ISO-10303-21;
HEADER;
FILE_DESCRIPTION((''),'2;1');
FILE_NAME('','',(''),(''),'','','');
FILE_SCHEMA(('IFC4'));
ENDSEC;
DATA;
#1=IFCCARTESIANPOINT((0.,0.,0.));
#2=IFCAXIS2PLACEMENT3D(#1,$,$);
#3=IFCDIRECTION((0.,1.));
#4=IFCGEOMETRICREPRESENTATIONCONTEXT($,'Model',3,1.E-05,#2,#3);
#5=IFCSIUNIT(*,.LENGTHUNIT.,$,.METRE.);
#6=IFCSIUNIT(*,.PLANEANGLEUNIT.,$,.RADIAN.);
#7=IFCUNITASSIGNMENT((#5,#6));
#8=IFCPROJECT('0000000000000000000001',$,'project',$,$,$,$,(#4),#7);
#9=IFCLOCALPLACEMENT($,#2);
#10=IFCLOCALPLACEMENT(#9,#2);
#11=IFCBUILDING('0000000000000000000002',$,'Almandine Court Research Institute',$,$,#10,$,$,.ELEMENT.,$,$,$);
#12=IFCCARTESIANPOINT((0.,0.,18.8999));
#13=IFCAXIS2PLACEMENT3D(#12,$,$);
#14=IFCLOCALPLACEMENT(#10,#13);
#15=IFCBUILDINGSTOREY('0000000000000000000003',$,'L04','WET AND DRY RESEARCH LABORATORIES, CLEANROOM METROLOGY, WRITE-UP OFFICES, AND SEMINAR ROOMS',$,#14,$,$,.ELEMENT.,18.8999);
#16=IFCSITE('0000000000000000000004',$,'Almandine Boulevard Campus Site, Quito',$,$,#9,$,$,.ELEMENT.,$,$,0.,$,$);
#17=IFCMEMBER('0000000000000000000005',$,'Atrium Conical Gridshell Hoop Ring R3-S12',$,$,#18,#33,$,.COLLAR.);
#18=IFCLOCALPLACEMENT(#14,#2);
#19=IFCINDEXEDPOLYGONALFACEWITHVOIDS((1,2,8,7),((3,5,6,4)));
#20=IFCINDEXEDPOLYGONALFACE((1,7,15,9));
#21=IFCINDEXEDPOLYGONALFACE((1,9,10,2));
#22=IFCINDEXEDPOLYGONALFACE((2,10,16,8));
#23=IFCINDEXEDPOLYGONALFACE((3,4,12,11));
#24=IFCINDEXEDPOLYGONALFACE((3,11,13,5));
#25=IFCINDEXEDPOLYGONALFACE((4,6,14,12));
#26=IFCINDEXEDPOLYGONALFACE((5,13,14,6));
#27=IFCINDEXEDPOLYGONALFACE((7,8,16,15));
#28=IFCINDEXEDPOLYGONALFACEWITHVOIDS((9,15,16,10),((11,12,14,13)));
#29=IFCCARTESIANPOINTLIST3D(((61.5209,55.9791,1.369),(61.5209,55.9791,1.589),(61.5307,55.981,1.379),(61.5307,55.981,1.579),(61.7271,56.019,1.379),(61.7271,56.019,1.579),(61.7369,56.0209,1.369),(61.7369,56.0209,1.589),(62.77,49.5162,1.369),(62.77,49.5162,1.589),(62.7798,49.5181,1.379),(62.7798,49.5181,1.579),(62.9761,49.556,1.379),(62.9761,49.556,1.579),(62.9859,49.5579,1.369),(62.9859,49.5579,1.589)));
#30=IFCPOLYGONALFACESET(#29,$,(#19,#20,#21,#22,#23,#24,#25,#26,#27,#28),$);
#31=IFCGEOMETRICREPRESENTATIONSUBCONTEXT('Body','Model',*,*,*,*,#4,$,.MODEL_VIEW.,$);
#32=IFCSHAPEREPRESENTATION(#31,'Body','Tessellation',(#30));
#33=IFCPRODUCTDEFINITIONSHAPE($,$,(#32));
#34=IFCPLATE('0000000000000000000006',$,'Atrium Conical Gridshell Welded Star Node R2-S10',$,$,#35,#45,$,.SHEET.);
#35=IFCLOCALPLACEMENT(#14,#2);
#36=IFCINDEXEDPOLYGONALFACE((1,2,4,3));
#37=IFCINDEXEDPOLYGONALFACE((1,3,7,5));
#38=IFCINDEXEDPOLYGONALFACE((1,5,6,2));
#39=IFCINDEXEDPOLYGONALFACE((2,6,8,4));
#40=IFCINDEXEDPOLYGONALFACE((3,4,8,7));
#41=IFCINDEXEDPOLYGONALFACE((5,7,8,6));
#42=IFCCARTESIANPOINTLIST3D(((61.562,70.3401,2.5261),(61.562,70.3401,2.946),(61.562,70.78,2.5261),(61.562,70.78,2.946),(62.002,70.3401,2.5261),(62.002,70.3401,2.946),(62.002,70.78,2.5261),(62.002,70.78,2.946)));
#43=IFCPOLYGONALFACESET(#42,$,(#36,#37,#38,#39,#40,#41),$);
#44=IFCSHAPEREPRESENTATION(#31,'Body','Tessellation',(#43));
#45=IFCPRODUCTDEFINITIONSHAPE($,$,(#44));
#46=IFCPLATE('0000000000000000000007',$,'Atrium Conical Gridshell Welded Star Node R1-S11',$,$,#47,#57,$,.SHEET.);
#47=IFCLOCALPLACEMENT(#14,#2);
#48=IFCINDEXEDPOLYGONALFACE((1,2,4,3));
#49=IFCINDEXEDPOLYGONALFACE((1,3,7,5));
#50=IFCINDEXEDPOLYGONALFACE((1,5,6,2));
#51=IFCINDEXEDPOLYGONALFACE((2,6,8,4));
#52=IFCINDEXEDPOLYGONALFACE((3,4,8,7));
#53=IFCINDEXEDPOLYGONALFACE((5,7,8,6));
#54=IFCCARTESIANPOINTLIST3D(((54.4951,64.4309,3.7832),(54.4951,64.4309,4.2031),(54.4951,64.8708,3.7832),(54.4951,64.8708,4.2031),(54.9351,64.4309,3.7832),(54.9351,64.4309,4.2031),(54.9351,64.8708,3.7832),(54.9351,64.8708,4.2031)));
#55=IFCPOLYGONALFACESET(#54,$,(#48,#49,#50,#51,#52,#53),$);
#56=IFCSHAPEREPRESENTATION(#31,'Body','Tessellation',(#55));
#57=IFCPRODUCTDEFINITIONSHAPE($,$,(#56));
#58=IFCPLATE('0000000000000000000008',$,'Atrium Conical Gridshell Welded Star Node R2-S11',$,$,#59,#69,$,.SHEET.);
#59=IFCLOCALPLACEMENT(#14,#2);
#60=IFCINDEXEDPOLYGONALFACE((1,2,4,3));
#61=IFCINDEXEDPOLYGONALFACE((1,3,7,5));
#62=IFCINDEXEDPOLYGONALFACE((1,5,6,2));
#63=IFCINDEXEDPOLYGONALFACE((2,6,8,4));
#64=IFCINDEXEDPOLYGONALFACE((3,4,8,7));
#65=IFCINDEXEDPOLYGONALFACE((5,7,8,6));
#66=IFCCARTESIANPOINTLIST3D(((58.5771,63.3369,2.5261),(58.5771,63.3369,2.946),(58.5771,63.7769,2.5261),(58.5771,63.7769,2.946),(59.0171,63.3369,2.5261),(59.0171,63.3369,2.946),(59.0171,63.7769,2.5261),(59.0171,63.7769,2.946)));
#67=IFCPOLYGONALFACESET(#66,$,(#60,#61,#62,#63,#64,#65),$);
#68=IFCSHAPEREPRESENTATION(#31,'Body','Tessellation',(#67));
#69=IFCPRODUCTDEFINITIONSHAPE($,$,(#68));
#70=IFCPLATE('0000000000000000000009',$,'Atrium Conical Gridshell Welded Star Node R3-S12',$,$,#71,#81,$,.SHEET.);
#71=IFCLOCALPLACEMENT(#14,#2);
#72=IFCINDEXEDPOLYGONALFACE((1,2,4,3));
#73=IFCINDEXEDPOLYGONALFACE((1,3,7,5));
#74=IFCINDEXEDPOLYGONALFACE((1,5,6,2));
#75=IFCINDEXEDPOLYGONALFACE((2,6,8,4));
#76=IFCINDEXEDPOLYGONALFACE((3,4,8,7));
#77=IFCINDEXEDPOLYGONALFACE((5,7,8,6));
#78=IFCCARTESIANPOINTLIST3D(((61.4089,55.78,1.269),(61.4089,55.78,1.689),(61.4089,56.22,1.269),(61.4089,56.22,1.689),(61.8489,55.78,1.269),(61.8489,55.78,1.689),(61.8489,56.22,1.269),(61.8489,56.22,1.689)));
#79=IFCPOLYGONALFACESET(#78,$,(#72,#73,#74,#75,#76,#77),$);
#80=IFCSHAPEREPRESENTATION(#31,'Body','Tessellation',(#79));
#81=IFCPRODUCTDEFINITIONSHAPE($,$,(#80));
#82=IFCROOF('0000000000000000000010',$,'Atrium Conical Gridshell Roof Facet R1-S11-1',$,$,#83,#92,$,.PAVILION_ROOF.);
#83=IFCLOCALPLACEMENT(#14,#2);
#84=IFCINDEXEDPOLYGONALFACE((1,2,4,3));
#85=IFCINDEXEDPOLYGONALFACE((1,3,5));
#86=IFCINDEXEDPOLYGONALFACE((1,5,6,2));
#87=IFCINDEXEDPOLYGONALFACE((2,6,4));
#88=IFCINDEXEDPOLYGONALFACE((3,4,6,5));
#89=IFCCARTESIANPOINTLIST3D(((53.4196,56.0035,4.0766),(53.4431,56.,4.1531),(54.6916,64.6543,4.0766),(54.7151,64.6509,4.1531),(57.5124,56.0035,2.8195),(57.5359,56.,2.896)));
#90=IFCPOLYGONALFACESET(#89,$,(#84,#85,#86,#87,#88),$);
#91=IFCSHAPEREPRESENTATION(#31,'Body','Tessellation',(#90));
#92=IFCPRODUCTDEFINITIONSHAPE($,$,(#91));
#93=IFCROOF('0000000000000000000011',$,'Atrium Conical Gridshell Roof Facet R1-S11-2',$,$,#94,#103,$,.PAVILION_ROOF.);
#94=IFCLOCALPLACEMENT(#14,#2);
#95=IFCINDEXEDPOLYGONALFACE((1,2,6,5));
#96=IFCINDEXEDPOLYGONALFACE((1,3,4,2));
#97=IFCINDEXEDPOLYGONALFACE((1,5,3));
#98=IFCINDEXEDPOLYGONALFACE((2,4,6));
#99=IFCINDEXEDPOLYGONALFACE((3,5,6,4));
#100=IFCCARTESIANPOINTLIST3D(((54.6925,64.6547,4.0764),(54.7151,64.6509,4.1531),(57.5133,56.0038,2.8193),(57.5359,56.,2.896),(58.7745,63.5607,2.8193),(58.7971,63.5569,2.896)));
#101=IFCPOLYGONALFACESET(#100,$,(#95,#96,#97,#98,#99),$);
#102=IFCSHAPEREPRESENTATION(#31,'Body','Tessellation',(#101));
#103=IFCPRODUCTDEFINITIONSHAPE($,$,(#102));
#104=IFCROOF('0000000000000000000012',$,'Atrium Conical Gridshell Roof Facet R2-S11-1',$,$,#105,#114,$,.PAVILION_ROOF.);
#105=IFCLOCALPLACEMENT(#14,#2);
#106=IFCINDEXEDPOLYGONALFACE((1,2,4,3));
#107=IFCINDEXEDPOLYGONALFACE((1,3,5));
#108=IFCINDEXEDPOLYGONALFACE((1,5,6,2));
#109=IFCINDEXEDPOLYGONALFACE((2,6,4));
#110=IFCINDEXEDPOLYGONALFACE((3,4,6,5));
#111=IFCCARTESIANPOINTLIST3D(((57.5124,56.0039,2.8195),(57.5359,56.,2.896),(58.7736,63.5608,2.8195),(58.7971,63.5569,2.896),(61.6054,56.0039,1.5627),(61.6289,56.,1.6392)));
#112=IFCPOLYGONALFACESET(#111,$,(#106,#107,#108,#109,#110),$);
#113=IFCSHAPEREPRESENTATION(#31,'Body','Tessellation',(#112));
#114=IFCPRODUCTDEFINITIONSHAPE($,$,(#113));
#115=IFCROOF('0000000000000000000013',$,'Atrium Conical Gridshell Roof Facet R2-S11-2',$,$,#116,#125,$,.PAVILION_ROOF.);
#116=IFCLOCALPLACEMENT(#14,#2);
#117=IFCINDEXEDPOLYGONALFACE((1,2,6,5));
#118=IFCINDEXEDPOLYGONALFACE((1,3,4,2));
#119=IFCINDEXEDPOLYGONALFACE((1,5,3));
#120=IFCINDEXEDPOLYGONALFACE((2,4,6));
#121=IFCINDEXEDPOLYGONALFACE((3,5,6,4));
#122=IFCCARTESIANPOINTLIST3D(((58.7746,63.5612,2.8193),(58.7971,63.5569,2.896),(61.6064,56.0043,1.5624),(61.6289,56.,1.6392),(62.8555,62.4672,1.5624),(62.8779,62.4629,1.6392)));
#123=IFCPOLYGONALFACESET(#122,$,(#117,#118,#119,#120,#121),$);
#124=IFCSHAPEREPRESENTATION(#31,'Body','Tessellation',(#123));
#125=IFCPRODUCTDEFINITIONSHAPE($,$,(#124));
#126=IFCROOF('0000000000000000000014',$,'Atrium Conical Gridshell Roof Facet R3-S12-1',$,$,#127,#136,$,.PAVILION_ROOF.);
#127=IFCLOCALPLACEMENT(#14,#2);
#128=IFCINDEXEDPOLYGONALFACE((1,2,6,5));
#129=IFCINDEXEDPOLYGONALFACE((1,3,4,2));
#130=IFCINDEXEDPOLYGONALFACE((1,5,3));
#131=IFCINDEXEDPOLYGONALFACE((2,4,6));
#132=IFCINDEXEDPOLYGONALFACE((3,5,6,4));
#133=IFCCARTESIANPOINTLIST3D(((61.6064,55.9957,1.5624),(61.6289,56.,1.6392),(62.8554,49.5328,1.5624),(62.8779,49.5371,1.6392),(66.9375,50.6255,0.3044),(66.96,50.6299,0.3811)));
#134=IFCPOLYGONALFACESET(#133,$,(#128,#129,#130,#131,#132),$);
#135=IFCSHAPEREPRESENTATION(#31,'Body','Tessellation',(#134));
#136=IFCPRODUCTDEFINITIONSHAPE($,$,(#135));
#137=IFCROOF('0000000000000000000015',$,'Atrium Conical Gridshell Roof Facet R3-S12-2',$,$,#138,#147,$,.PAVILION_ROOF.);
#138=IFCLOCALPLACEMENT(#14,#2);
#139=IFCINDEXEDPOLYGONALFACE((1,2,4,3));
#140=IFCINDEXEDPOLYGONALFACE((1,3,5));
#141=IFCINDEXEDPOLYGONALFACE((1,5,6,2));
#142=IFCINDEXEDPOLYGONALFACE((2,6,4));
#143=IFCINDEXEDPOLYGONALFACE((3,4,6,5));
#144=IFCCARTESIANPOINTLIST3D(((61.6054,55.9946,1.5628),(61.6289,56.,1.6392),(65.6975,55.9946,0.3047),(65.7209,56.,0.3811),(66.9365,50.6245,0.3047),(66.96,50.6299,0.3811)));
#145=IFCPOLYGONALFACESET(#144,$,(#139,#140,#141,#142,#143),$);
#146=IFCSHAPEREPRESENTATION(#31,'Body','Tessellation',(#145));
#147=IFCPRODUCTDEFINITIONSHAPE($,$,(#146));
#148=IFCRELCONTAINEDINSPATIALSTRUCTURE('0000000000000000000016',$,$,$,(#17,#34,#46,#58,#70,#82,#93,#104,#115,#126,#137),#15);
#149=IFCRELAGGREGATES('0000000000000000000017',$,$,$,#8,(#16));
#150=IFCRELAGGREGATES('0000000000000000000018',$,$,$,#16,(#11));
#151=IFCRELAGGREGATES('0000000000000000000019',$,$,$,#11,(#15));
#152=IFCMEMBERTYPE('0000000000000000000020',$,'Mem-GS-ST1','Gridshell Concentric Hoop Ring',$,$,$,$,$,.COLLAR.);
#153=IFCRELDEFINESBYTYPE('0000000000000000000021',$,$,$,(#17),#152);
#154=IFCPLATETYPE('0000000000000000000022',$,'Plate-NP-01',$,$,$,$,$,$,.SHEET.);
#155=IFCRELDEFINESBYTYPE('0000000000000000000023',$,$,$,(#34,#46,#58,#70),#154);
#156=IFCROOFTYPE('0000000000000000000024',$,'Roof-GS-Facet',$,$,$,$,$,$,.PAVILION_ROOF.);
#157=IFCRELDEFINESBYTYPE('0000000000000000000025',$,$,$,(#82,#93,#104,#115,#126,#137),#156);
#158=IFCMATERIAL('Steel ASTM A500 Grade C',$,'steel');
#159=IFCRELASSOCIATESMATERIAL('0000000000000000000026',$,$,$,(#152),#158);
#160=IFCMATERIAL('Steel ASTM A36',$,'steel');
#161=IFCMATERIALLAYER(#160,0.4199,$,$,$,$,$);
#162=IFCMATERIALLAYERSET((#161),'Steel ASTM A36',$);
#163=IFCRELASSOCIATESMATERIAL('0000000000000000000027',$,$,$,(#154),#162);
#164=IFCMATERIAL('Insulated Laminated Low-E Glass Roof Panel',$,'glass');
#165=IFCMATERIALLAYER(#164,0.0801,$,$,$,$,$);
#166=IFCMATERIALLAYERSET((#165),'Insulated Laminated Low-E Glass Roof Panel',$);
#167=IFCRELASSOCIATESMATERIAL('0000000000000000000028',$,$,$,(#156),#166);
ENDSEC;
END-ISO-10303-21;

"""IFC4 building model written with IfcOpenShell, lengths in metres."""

from ifc_helpers import new_model, si_unit, direction, frame, origin, origin_2d, place, context, subcontext, project, spatial, polyline, rectangle, hollow_rectangle, outline, extrude, material, layer, layer_set, material_profile, profile_set, type_object, element, save


model = new_model("IFC4")

# Units and contexts
model_context = context("Model", 3, precision=1e-05, world=origin(), true_north=direction((0.0, 1.0)))
body_context = subcontext(model_context, "Body", "Model", "MODEL_VIEW")
ifc_project = project(units=[si_unit("LENGTHUNIT", "METRE"), si_unit("PLANEANGLEUNIT", "RADIAN")], contexts=[model_context])

# Site, building, storey
site_placement = place(None, origin())
site = spatial("IfcSite", under=ifc_project, at=site_placement, Name="Almandine Boulevard Campus Site, Quito", CompositionType="ELEMENT", RefElevation=0.0)
building_placement = place(site_placement, origin())
building = spatial("IfcBuilding", under=site, at=building_placement, Name="Almandine Court Research Institute", CompositionType="ELEMENT")
storey_placement = place(building_placement, frame((0.0, 0.0, 18.8999)))
storey = spatial("IfcBuildingStorey", under=building, at=storey_placement, Name="L04", Description="WET AND DRY RESEARCH LABORATORIES, CLEANROOM METROLOGY, WRITE-UP OFFICES, AND SEMINAR ROOMS", CompositionType="ELEMENT", Elevation=18.8999)

# Shared definitions
ifc_material_1 = material(Name="Steel ASTM A500 Grade C", Category="steel")

# Member
ifc_material_profile_1 = material_profile(ifc_material_1, hollow_rectangle(XDim=0.22, YDim=0.22, WallThickness=0.01, at=origin_2d()), Name="HSS 220x220x10")
ifc_profile_set_1 = profile_set([ifc_material_profile_1], Name="Steel ASTM A500 Grade C")
member_type_1 = type_object("IfcMemberType", Name="Mem-GS-ST1", Description="Gridshell Concentric Hoop Ring", PredefinedType="COLLAR", material=ifc_profile_set_1)
member_1_placement = place(storey_placement, frame((61.6289, 56.0, 1.479), z_axis=(0.18975, -0.981832, 0.0), x_axis=(0.981832, 0.18975, 0.0)))
element("IfcMember", 1, at=member_1_placement, inside=storey, type_object=member_type_1, Name="Atrium Conical Gridshell Hoop Ring R3-S12", PredefinedType="COLLAR", context=body_context, shape_type="SweptSolid", body=[
    extrude(hollow_rectangle(XDim=0.22, YDim=0.22, WallThickness=0.01, at=origin_2d()), origin(), (0.0, 0.0, 1.0), 6.5825),
])

# Plates
ifc_material_2 = material(Name="Steel ASTM A36", Category="steel")
ifc_layer_1 = layer(ifc_material_2, 0.4199)
ifc_layer_set_1 = layer_set([ifc_layer_1], Name="Steel ASTM A36")
plate_type = type_object("IfcPlateType", Name="Plate-NP-01", PredefinedType="SHEET", material=ifc_layer_set_1)
for number, where, z_axis, x_axis, name in (
    (2, (61.782, 70.5601, 2.5261), (0.0, 0.0, 1.0), (1.0, 0.0, 0.0), "Atrium Conical Gridshell Welded Star Node R2-S10"),
    (3, (54.7151, 64.6509, 3.7832), (0.0, 0.0, 1.0), (1.0, 0.0, 0.0), "Atrium Conical Gridshell Welded Star Node R1-S11"),
    (4, (58.7971, 63.5569, 2.5261), (0.0, 0.0, 1.0), (1.0, 0.0, 0.0), "Atrium Conical Gridshell Welded Star Node R2-S11"),
    (5, (61.6289, 56.0, 1.269), (0.0, 0.0, 1.0), (1.0, 0.0, 0.0), "Atrium Conical Gridshell Welded Star Node R3-S12"),
):
    element("IfcPlate", number, at=place(storey_placement, frame(where, z_axis=z_axis, x_axis=x_axis)), inside=storey, type_object=plate_type, Name=name, PredefinedType="SHEET", context=body_context, shape_type="SweptSolid", body=[
        extrude(rectangle(XDim=0.4399, YDim=0.4399, at=origin_2d()), origin(), (0.0, 0.0, 1.0), 0.4199),
    ])

# Roofs
ifc_material_3 = material(Name="Insulated Laminated Low-E Glass Roof Panel", Category="glass")
ifc_layer_2 = layer(ifc_material_3, 0.0801)
ifc_layer_set_2 = layer_set([ifc_layer_2], Name="Insulated Laminated Low-E Glass Roof Panel")
roof_type = type_object("IfcRoofType", Name="Roof-GS-Facet", PredefinedType="PAVILION_ROOF", material=ifc_layer_set_2)
roof_1_placement = place(storey_placement, frame((54.7151, 64.6509, 4.1531), z_axis=(0.293336, -0.04313, 0.955036), x_axis=(-0.14547, -0.989363, 0.0)))
element("IfcRoof", 6, at=roof_1_placement, inside=storey, type_object=roof_type, Name="Atrium Conical Gridshell Roof Facet R1-S11-1", PredefinedType="PAVILION_ROOF", context=body_context, shape_type="SweptSolid", body=[
    extrude(outline(polyline([(0.0, 0.0), (8.7439, 0.0), (8.1485, 4.2399), (0.0, 0.0)])), origin(), (0.0, 0.0, -1.0), 0.0801),
])
roof_2_placement = place(storey_placement, frame((54.7151, 64.6509, 4.1531), z_axis=(0.282428, -0.047137, 0.95813), x_axis=(0.30709, -0.941789, -0.136854)))
element("IfcRoof", 7, at=roof_2_placement, inside=storey, type_object=roof_type, Name="Atrium Conical Gridshell Roof Facet R1-S11-2", PredefinedType="PAVILION_ROOF", context=body_context, shape_type="SweptSolid", body=[
    extrude(outline(polyline([(0.0, 0.0), (9.1856, 0.0), (2.4559, 3.6618), (0.0, 0.0)])), origin(), (0.0, 0.0, -1.0), 0.0801),
])
roof_3_placement = place(storey_placement, frame((58.7971, 63.5569, 2.896), z_axis=(0.293189, -0.048933, 0.954801), x_axis=(-0.164621, -0.986357, 0.0)))
element("IfcRoof", 8, at=roof_3_placement, inside=storey, type_object=roof_type, Name="Atrium Conical Gridshell Roof Facet R2-S11-1", PredefinedType="PAVILION_ROOF", context=body_context, shape_type="SweptSolid", body=[
    extrude(outline(polyline([(0.0, 0.0), (7.6614, 0.0), (6.9876, 4.2283), (0.0, 0.0)])), origin(), (0.0, 0.0, -1.0), 0.0801),
])
roof_4_placement = place(storey_placement, frame((58.7971, 63.5569, 2.896), z_axis=(0.280603, -0.05423, 0.958291), x_axis=(0.346722, -0.925258, -0.153886)))
element("IfcRoof", 9, at=roof_4_placement, inside=storey, type_object=roof_type, Name="Atrium Conical Gridshell Roof Facet R2-S11-2", PredefinedType="PAVILION_ROOF", context=body_context, shape_type="SweptSolid", body=[
    extrude(outline(polyline([(0.0, 0.0), (8.1673, 0.0), (2.6205, 3.5443), (0.0, 0.0)])), origin(), (0.0, 0.0, -1.0), 0.0801),
])
roof_5_placement = place(storey_placement, frame((61.6289, 56.0, 1.6392), z_axis=(0.280794, 0.054266, 0.958233), x_axis=(0.18975, -0.981832, 0.0)))
element("IfcRoof", 10, at=roof_5_placement, inside=storey, type_object=roof_type, Name="Atrium Conical Gridshell Roof Facet R3-S12-1", PredefinedType="PAVILION_ROOF", context=body_context, shape_type="SweptSolid", body=[
    extrude(outline(polyline([(0.0, 0.0), (6.5825, 0.0), (6.2841, 4.399), (0.0, 0.0)])), origin(), (0.0, 0.0, -1.0), 0.0801),
])
roof_6_placement = place(storey_placement, frame((61.6289, 56.0, 1.6392), z_axis=(0.293192, 0.067646, 0.953657), x_axis=(0.694981, -0.700074, -0.164006)))
element("IfcRoof", 11, at=roof_6_placement, inside=storey, type_object=roof_type, Name="Atrium Conical Gridshell Roof Facet R3-S12-2", PredefinedType="PAVILION_ROOF", context=body_context, shape_type="SweptSolid", body=[
    extrude(outline(polyline([(0.0, 0.0), (7.6708, 0.0), (3.0502, 3.0039), (0.0, 0.0)])), origin(), (0.0, 0.0, -1.0), 0.0801),
])

save(model, "model.ifc")
